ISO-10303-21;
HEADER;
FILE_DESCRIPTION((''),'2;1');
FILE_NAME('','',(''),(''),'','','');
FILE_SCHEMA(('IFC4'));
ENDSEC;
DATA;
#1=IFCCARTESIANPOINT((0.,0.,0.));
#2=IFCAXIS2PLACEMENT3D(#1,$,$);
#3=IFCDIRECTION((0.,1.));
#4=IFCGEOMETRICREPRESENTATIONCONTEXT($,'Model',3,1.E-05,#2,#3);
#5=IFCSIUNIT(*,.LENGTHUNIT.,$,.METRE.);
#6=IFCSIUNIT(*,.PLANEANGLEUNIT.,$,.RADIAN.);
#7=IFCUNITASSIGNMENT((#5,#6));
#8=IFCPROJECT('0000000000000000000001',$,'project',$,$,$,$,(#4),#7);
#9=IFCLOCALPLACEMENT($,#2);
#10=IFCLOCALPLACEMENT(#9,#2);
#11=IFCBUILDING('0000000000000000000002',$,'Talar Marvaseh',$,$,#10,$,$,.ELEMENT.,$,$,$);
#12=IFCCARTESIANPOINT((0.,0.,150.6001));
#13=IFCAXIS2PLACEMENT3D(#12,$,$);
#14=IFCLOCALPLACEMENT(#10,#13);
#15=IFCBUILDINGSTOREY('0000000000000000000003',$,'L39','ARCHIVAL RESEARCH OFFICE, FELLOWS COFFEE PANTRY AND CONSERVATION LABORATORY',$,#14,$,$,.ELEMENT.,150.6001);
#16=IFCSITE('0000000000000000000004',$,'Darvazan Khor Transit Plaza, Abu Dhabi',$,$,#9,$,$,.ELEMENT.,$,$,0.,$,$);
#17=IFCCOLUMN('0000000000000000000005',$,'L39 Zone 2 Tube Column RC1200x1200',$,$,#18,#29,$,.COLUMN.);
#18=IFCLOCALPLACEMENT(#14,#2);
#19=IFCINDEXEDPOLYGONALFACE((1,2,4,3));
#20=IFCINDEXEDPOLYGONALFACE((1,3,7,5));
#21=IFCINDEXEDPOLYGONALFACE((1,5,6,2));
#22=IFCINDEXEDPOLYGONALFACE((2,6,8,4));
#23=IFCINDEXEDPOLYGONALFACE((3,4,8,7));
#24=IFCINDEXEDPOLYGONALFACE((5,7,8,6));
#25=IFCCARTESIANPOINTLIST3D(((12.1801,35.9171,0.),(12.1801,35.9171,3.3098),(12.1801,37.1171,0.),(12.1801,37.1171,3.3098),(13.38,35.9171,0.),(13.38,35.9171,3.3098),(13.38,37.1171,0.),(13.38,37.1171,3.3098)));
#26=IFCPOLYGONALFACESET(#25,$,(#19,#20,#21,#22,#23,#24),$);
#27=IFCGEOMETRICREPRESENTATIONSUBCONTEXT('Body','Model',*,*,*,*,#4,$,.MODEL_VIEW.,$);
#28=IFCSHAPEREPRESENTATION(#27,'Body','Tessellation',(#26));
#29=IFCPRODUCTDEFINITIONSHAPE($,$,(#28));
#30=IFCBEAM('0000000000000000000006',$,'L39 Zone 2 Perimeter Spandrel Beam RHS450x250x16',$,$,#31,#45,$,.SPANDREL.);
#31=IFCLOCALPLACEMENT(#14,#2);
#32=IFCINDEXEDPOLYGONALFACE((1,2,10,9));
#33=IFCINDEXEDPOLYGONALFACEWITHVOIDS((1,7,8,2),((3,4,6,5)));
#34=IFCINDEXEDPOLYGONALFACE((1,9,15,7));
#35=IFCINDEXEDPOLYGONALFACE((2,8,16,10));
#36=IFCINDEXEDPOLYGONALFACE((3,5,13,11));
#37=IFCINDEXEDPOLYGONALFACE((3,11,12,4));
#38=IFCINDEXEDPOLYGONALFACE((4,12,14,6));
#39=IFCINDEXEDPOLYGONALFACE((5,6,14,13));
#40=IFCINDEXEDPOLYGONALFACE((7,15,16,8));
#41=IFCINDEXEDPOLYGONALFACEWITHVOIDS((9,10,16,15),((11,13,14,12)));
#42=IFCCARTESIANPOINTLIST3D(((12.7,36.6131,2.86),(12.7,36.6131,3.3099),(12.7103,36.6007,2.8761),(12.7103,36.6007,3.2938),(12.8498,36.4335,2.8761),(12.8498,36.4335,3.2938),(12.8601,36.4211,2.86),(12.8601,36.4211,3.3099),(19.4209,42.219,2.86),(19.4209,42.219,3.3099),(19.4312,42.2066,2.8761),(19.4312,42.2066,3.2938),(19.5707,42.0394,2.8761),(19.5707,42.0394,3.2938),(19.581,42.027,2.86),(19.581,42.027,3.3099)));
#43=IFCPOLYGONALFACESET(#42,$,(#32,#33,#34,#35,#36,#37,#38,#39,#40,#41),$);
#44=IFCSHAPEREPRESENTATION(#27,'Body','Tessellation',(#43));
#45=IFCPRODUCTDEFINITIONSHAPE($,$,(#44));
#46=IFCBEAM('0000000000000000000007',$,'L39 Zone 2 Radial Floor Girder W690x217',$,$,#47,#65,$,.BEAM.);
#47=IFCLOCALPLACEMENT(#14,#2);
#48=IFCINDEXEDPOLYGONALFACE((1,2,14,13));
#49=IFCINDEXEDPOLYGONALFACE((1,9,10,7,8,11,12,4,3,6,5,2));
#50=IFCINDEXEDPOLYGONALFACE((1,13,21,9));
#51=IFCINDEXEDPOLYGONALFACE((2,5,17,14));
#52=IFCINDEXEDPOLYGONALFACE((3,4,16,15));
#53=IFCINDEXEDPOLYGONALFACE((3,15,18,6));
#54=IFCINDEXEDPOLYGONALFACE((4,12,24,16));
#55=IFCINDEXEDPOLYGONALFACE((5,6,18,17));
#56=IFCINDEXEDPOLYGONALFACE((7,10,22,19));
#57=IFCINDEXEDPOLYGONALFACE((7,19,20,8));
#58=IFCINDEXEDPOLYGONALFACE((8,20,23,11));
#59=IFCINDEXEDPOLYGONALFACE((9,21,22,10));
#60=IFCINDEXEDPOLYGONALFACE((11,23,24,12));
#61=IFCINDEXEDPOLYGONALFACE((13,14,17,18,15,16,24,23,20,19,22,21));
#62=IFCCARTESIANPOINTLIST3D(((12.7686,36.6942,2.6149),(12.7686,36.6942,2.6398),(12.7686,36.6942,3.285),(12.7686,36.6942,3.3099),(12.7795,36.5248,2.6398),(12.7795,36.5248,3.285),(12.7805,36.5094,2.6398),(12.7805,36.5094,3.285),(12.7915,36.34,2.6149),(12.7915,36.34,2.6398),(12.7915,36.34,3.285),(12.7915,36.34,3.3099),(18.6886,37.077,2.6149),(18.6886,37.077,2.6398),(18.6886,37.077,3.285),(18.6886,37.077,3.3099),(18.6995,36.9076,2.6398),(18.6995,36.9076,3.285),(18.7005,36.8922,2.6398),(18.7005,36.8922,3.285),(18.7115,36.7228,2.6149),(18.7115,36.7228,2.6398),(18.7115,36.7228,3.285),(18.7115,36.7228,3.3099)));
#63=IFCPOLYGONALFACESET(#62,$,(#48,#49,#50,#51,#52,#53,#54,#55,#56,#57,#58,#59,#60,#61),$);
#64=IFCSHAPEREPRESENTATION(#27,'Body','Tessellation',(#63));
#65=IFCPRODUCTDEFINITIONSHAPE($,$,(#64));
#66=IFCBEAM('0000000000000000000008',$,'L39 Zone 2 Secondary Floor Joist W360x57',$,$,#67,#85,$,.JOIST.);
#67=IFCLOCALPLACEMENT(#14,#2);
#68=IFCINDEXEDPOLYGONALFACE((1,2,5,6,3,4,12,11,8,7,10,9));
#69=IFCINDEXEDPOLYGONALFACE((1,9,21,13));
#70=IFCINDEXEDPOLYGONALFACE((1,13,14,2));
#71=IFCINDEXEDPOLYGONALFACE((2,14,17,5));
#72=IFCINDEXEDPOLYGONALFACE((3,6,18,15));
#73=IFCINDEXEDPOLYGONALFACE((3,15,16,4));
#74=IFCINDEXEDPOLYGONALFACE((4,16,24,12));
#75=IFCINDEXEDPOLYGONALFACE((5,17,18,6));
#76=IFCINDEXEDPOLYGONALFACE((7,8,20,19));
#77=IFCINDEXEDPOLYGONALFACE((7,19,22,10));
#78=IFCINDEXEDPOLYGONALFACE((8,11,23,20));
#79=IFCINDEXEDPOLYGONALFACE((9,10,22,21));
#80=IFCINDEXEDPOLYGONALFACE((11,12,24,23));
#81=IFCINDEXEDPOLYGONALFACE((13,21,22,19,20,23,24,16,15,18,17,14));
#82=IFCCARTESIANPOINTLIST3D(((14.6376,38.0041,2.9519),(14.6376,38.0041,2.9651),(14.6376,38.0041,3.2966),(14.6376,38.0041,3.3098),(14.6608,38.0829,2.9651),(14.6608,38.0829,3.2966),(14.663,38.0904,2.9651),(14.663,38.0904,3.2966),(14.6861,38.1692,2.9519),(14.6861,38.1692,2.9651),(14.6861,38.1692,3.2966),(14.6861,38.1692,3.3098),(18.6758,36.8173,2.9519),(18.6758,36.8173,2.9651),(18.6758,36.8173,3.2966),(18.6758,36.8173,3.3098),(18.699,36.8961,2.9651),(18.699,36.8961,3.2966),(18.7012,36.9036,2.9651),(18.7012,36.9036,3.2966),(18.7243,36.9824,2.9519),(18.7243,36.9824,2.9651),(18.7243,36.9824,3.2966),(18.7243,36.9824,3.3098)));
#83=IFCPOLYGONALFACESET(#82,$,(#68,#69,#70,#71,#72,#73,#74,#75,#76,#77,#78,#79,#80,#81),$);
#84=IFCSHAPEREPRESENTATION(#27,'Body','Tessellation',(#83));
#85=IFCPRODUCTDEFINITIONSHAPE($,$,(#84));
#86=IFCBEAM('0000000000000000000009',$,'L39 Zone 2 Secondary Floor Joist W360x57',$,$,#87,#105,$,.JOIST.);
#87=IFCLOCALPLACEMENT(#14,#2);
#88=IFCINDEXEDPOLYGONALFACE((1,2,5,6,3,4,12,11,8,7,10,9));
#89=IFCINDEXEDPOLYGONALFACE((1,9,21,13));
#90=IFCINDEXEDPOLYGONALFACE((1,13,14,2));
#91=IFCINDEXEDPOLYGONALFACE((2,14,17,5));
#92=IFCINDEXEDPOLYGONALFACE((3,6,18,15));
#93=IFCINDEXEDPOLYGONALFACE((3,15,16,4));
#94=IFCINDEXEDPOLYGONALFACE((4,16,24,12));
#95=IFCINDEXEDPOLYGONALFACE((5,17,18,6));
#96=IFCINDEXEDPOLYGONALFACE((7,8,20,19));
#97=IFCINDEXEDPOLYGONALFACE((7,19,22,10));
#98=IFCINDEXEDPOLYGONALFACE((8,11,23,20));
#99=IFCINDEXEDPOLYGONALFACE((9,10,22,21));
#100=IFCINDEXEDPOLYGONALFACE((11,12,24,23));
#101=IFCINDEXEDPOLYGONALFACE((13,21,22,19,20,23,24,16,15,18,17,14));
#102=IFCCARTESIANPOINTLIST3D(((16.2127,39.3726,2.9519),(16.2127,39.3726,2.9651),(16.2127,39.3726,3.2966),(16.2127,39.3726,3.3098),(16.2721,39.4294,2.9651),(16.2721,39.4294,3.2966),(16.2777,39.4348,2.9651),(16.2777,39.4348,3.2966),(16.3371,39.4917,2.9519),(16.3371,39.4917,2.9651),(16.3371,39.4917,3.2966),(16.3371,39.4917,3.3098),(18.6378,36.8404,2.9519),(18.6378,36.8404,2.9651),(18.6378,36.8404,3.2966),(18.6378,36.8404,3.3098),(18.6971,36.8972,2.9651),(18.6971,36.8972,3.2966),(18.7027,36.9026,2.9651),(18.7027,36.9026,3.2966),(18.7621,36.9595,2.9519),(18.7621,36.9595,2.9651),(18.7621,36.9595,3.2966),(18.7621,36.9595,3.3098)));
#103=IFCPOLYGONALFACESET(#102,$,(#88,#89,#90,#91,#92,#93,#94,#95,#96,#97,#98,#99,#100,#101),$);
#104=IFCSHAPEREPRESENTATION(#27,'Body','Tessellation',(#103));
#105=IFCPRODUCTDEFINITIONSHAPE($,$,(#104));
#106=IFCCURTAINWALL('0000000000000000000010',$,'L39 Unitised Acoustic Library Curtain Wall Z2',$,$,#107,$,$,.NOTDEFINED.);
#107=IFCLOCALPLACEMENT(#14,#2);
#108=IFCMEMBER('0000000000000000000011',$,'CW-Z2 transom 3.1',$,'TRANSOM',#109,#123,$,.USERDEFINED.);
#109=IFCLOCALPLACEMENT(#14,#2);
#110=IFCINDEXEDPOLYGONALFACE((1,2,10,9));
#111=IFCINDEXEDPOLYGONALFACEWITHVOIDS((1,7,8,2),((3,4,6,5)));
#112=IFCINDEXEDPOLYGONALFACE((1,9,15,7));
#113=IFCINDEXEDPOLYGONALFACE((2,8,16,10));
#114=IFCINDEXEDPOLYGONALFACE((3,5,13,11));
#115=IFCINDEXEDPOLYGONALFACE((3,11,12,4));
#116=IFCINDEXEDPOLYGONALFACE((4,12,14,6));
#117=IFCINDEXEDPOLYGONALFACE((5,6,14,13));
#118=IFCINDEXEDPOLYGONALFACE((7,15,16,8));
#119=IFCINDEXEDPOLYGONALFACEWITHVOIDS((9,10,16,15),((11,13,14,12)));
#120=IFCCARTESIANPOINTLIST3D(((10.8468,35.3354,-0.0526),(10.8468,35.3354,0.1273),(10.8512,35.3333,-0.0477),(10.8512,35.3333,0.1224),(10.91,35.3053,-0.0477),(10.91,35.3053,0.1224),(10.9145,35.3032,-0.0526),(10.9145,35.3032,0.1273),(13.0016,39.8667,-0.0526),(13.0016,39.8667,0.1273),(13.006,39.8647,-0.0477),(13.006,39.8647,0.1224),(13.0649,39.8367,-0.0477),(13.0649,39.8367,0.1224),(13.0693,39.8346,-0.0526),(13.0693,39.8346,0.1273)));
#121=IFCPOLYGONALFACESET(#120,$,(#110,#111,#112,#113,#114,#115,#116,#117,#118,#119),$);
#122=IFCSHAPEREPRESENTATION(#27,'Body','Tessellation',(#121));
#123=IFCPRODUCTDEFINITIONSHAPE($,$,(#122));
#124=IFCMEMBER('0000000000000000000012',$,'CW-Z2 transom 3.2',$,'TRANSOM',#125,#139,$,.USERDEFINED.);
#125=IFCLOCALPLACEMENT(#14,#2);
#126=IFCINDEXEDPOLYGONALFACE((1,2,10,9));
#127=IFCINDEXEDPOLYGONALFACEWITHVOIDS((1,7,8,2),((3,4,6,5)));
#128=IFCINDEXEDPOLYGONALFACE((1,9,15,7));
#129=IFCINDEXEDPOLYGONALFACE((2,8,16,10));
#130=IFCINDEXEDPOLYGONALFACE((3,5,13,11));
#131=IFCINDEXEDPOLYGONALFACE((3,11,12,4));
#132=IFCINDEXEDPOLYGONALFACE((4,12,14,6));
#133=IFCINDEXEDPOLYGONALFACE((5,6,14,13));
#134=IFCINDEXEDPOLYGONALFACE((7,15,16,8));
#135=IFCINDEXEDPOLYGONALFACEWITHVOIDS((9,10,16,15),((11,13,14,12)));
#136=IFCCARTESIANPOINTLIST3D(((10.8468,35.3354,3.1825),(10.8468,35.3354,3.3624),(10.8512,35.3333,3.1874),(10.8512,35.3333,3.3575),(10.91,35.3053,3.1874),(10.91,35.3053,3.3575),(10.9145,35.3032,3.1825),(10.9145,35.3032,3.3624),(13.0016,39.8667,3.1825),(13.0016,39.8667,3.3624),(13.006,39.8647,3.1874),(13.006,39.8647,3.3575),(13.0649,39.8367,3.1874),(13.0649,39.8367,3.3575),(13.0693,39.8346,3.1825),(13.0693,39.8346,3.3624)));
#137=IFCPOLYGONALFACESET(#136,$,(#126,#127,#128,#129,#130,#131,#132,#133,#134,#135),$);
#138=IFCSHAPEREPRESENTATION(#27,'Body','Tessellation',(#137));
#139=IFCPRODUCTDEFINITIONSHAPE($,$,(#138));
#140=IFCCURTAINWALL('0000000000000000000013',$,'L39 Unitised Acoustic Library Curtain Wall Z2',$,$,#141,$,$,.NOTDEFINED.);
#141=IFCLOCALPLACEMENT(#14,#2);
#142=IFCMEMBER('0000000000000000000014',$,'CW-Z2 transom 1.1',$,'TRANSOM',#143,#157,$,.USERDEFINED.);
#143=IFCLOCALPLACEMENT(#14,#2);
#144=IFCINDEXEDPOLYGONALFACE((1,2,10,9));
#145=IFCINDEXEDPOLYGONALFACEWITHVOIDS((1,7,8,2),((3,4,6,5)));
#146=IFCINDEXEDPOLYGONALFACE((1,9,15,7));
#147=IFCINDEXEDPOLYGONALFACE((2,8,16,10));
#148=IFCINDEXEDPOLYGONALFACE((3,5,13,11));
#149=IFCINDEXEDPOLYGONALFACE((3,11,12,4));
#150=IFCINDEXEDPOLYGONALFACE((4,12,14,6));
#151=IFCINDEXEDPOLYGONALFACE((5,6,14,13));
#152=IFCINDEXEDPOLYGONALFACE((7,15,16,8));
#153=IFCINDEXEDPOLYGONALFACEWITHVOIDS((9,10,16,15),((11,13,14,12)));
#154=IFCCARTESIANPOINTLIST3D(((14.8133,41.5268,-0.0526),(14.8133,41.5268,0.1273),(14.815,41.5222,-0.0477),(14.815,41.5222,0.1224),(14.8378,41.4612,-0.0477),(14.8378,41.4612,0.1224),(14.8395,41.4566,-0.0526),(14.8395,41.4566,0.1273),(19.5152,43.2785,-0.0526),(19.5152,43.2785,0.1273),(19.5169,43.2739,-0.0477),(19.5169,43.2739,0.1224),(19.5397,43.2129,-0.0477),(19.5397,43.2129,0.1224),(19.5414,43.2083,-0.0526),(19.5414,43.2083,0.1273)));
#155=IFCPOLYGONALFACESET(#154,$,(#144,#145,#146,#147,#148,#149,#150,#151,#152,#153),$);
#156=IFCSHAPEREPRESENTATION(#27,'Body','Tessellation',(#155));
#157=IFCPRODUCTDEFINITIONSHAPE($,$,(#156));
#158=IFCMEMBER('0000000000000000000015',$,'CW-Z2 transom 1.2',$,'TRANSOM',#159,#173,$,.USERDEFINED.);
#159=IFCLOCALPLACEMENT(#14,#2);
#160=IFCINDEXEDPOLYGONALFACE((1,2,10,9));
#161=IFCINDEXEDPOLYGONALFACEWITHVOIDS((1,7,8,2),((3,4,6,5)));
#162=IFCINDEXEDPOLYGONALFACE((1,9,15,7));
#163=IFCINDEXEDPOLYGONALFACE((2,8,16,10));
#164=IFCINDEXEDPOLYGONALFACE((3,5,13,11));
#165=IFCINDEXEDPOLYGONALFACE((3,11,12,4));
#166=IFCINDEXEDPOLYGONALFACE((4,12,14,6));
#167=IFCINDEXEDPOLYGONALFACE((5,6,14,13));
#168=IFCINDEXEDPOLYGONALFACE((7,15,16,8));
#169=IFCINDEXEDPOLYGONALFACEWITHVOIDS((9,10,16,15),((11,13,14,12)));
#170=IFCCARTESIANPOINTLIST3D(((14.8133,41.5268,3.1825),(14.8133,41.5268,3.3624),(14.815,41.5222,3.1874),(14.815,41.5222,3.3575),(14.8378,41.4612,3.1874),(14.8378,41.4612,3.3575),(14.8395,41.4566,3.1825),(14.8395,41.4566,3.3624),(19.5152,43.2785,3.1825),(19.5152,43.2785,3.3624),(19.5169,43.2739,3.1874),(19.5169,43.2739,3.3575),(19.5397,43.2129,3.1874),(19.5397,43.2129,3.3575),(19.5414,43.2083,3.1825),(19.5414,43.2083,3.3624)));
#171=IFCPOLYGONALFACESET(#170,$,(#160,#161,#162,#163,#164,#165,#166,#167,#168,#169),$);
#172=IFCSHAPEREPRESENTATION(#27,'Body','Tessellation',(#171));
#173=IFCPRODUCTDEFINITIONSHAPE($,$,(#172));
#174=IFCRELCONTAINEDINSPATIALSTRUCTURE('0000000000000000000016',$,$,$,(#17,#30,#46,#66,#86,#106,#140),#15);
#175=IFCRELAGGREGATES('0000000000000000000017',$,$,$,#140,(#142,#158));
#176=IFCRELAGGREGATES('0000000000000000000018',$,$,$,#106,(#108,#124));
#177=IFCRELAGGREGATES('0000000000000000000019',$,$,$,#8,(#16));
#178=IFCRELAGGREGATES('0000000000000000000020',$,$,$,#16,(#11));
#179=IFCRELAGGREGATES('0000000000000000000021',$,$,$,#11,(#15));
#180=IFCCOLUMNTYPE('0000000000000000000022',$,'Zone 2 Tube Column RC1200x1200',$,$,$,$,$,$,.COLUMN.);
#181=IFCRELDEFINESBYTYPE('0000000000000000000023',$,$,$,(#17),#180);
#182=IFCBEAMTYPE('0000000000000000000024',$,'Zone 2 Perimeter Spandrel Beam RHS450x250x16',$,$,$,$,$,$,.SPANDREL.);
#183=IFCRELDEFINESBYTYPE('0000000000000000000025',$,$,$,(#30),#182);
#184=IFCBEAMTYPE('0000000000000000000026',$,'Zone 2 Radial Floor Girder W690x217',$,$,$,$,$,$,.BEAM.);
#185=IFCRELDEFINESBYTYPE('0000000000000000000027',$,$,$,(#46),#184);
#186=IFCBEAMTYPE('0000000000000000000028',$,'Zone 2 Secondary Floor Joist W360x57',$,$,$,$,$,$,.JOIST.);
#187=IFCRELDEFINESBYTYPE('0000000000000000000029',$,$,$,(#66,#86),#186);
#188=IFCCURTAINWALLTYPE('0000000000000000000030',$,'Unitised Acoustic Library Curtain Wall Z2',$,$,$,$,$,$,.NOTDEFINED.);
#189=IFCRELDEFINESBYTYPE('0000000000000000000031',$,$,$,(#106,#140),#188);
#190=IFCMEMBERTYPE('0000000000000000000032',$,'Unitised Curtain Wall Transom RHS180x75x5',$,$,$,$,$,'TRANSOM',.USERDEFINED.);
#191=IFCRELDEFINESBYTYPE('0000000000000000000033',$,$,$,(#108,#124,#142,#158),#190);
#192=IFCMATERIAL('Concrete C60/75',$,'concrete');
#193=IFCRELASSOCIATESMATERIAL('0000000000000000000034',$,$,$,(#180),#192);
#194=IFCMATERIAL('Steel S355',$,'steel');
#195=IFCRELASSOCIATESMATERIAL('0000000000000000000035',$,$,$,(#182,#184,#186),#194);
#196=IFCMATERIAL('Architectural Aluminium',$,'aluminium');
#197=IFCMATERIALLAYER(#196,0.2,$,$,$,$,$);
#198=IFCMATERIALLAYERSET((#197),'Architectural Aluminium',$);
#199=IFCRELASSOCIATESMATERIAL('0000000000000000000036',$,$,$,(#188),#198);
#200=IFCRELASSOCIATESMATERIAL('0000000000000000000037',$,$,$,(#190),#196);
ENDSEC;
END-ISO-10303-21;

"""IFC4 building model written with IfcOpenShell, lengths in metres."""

from ifc_helpers import new_model, si_unit, direction, frame, origin, origin_2d, place, context, subcontext, project, spatial, rectangle, hollow_rectangle, i_section, extrude, source, transform, mapped, material, layer, layer_set, material_profile, profile_set, type_object, type_shapes, element, aggregate, save


model = new_model("IFC4")

# Units and contexts
model_context = context("Model", 3, precision=1e-05, world=origin(), true_north=direction((0.0, 1.0)))
body_context = subcontext(model_context, "Body", "Model", "MODEL_VIEW")
ifc_project = project(units=[si_unit("LENGTHUNIT", "METRE"), si_unit("PLANEANGLEUNIT", "RADIAN")], contexts=[model_context])

# Site, building, storey
site_placement = place(None, origin())
site = spatial("IfcSite", under=ifc_project, at=site_placement, Name="Darvazan Khor Transit Plaza, Abu Dhabi", CompositionType="ELEMENT", RefElevation=0.0)
building_placement = place(site_placement, origin())
building = spatial("IfcBuilding", under=site, at=building_placement, Name="Talar Marvaseh", CompositionType="ELEMENT")
storey_placement = place(building_placement, frame((0.0, 0.0, 150.6001)))
storey = spatial("IfcBuildingStorey", under=building, at=storey_placement, Name="L39", Description="ARCHIVAL RESEARCH OFFICE, FELLOWS COFFEE PANTRY AND CONSERVATION LABORATORY", CompositionType="ELEMENT", Elevation=150.6001)

# Column
ifc_material_1 = material(Name="Concrete C60/75", Category="concrete")
ifc_material_profile_1 = material_profile(ifc_material_1, rectangle(XDim=1.2, YDim=1.2, at=origin_2d()), Name="RC1200x1200")
ifc_profile_set_1 = profile_set([ifc_material_profile_1], Name="Concrete C60/75")
column_type = type_object("IfcColumnType", Name="Zone 2 Tube Column RC1200x1200", PredefinedType="COLUMN", material=ifc_profile_set_1)
column_placement = place(storey_placement, frame((12.78, 36.5171, 0.0), z_axis=(0.0, 0.0, 1.0), x_axis=(1.0, 0.0, 0.0)))
element("IfcColumn", 1, at=column_placement, inside=storey, type_object=column_type, Name="L39 Zone 2 Tube Column RC1200x1200", PredefinedType="COLUMN", context=body_context, shape_type="SweptSolid", body=[
    extrude(rectangle(XDim=1.2, YDim=1.2, at=origin_2d()), origin(), (0.0, 0.0, 1.0), 3.3098),
])

# Beams
ifc_material_2 = material(Name="Steel S355", Category="steel")
ifc_material_profile_2 = material_profile(ifc_material_2, hollow_rectangle(XDim=0.25, YDim=0.45, WallThickness=0.0161, at=origin_2d()), Name="RHS450x250x16")
ifc_profile_set_2 = profile_set([ifc_material_profile_2], Name="Steel S355")
beam_type_1 = type_object("IfcBeamType", Name="Zone 2 Perimeter Spandrel Beam RHS450x250x16", PredefinedType="SPANDREL", material=ifc_profile_set_2)
beam_1_placement = place(storey_placement, frame((12.78, 36.5171, 3.085), z_axis=(0.767931, 0.640533, 0.0), x_axis=(-0.640533, 0.767931, 0.0)))
element("IfcBeam", 2, at=beam_1_placement, inside=storey, type_object=beam_type_1, Name="L39 Zone 2 Perimeter Spandrel Beam RHS450x250x16", PredefinedType="SPANDREL", context=body_context, shape_type="SweptSolid", body=[
    extrude(hollow_rectangle(XDim=0.25, YDim=0.45, WallThickness=0.0161, at=origin_2d()), origin(), (0.0, 0.0, 1.0), 8.752),
])
ifc_material_profile_3 = material_profile(ifc_material_2, i_section(OverallWidth=0.355, OverallDepth=0.6951, WebThickness=0.0154, FlangeThickness=0.0249, at=origin_2d()), Name="W690x217")
ifc_profile_set_3 = profile_set([ifc_material_profile_3], Name="Steel S355")
beam_type_2 = type_object("IfcBeamType", Name="Zone 2 Radial Floor Girder W690x217", PredefinedType="BEAM", material=ifc_profile_set_3)
beam_2_placement = place(storey_placement, frame((12.78, 36.5171, 2.9624), z_axis=(0.997916, 0.06453, 0.0), x_axis=(-0.06453, 0.997916, 0.0)))
element("IfcBeam", 3, at=beam_2_placement, inside=storey, type_object=beam_type_2, Name="L39 Zone 2 Radial Floor Girder W690x217", PredefinedType="BEAM", context=body_context, shape_type="SweptSolid", body=[
    extrude(i_section(OverallWidth=0.355, OverallDepth=0.6951, WebThickness=0.0154, FlangeThickness=0.0249, at=origin_2d()), origin(), (0.0, 0.0, 1.0), 5.9324),
])
ifc_material_profile_4 = material_profile(ifc_material_2, i_section(OverallWidth=0.1721, OverallDepth=0.3579, WebThickness=0.0078, FlangeThickness=0.0132, at=origin_2d()), Name="W360x57")
ifc_profile_set_4 = profile_set([ifc_material_profile_4], Name="Steel S355")
beam_type_3 = type_object("IfcBeamType", Name="Zone 2 Secondary Floor Joist W360x57", PredefinedType="JOIST", material=ifc_profile_set_4)
beam_3_placement = place(storey_placement, frame((14.6619, 38.0867, 3.1309), z_axis=(0.959424, -0.281968, 0.0), x_axis=(0.281968, 0.959424, 0.0)))
element("IfcBeam", 4, at=beam_3_placement, inside=storey, type_object=beam_type_3, Name="L39 Zone 2 Secondary Floor Joist W360x57", PredefinedType="JOIST", context=body_context, shape_type="SweptSolid", body=[
    extrude(i_section(OverallWidth=0.1721, OverallDepth=0.3579, WebThickness=0.0078, FlangeThickness=0.0132, at=origin_2d()), origin(), (0.0, 0.0, 1.0), 4.209),
])
beam_4_placement = place(storey_placement, frame((16.2749, 39.4321, 3.1309), z_axis=(0.691657, -0.722226, 0.0), x_axis=(0.722226, 0.691657, 0.0)))
element("IfcBeam", 5, at=beam_4_placement, inside=storey, type_object=beam_type_3, Name="L39 Zone 2 Secondary Floor Joist W360x57", PredefinedType="JOIST", context=body_context, shape_type="SweptSolid", body=[
    extrude(i_section(OverallWidth=0.1721, OverallDepth=0.3579, WebThickness=0.0078, FlangeThickness=0.0132, at=origin_2d()), origin(), (0.0, 0.0, 1.0), 3.5061),
])

# Curtain walls, members
ifc_material_3 = material(Name="Architectural Aluminium", Category="aluminium")
ifc_layer_1 = layer(ifc_material_3, 0.2)
ifc_layer_set_1 = layer_set([ifc_layer_1], Name="Architectural Aluminium")
curtain_wall_type = type_object("IfcCurtainWallType", Name="Unitised Acoustic Library Curtain Wall Z2", PredefinedType="NOTDEFINED", material=ifc_layer_set_1)
curtain_wall_1_placement = place(storey_placement, origin())
curtain_wall_1 = element("IfcCurtainWall", 6, at=curtain_wall_1_placement, inside=storey, type_object=curtain_wall_type, Name="L39 Unitised Acoustic Library Curtain Wall Z2", PredefinedType="NOTDEFINED")
ifc_material_profile_5 = material_profile(ifc_material_3, hollow_rectangle(XDim=0.075, YDim=0.1799, WallThickness=0.0049, at=origin_2d()), Name="RHS180x75x5")
ifc_profile_set_5 = profile_set([ifc_material_profile_5], Name="Architectural Aluminium")
member_type_1 = type_object("IfcMemberType", Name="Unitised Curtain Wall Transom RHS180x75x5", ElementType="TRANSOM", PredefinedType="USERDEFINED", material=ifc_profile_set_5)
shared_shape_1 = source(origin(), body_context, "Body", "SweptSolid", [
    extrude(hollow_rectangle(XDim=0.075, YDim=0.1799, WallThickness=0.0049, at=origin_2d()), origin(), (0.0, 0.0, 1.0), 5.0176),
])
type_shapes(member_type_1, [shared_shape_1])
member_1_placement = place(storey_placement, frame((10.8806, 35.3193, 0.0374), z_axis=(0.429454, 0.903089, 0.0), x_axis=(-0.903089, 0.429454, 0.0)))
member_1 = element("IfcMember", 7, at=member_1_placement, type_object=member_type_1, Name="CW-Z2 transom 3.1", ObjectType="TRANSOM", PredefinedType="USERDEFINED", context=body_context, shape_type="MappedRepresentation", body=[
    mapped(shared_shape_1, transform((0.0, 0.0, 0.0), x_axis=(1.0, 0.0, 0.0), y_axis=(0.0, 1.0, 0.0), z_axis=(0.0, 0.0, 1.0), scale=1.0)),
])
member_2_placement = place(storey_placement, frame((10.8806, 35.3193, 3.2725), z_axis=(0.429454, 0.903089, 0.0), x_axis=(-0.903089, 0.429454, 0.0)))
member_2 = element("IfcMember", 8, at=member_2_placement, type_object=member_type_1, Name="CW-Z2 transom 3.2", ObjectType="TRANSOM", PredefinedType="USERDEFINED", context=body_context, shape_type="MappedRepresentation", body=[
    mapped(shared_shape_1, transform((0.0, 0.0, 0.0), x_axis=(1.0, 0.0, 0.0), y_axis=(0.0, 1.0, 0.0), z_axis=(0.0, 0.0, 1.0), scale=1.0)),
])
curtain_wall_2_placement = place(storey_placement, origin())
curtain_wall_2 = element("IfcCurtainWall", 9, at=curtain_wall_2_placement, inside=storey, type_object=curtain_wall_type, Name="L39 Unitised Acoustic Library Curtain Wall Z2", PredefinedType="NOTDEFINED")
member_3_placement = place(storey_placement, frame((14.8264, 41.4917, 0.0374), z_axis=(0.937081, 0.349112, 0.0), x_axis=(-0.349112, 0.937081, 0.0)))
member_3 = element("IfcMember", 10, at=member_3_placement, type_object=member_type_1, Name="CW-Z2 transom 1.1", ObjectType="TRANSOM", PredefinedType="USERDEFINED", context=body_context, shape_type="MappedRepresentation", body=[
    mapped(shared_shape_1, transform((0.0, 0.0, 0.0), x_axis=(1.0, 0.0, 0.0), y_axis=(0.0, 1.0, 0.0), z_axis=(0.0, 0.0, 1.0), scale=1.0)),
])
member_4_placement = place(storey_placement, frame((14.8264, 41.4917, 3.2725), z_axis=(0.937081, 0.349112, 0.0), x_axis=(-0.349112, 0.937081, 0.0)))
member_4 = element("IfcMember", 11, at=member_4_placement, type_object=member_type_1, Name="CW-Z2 transom 1.2", ObjectType="TRANSOM", PredefinedType="USERDEFINED", context=body_context, shape_type="MappedRepresentation", body=[
    mapped(shared_shape_1, transform((0.0, 0.0, 0.0), x_axis=(1.0, 0.0, 0.0), y_axis=(0.0, 1.0, 0.0), z_axis=(0.0, 0.0, 1.0), scale=1.0)),
])

aggregate(curtain_wall_2, [member_3, member_4])

aggregate(curtain_wall_1, [member_1, member_2])

save(model, "model.ifc")
